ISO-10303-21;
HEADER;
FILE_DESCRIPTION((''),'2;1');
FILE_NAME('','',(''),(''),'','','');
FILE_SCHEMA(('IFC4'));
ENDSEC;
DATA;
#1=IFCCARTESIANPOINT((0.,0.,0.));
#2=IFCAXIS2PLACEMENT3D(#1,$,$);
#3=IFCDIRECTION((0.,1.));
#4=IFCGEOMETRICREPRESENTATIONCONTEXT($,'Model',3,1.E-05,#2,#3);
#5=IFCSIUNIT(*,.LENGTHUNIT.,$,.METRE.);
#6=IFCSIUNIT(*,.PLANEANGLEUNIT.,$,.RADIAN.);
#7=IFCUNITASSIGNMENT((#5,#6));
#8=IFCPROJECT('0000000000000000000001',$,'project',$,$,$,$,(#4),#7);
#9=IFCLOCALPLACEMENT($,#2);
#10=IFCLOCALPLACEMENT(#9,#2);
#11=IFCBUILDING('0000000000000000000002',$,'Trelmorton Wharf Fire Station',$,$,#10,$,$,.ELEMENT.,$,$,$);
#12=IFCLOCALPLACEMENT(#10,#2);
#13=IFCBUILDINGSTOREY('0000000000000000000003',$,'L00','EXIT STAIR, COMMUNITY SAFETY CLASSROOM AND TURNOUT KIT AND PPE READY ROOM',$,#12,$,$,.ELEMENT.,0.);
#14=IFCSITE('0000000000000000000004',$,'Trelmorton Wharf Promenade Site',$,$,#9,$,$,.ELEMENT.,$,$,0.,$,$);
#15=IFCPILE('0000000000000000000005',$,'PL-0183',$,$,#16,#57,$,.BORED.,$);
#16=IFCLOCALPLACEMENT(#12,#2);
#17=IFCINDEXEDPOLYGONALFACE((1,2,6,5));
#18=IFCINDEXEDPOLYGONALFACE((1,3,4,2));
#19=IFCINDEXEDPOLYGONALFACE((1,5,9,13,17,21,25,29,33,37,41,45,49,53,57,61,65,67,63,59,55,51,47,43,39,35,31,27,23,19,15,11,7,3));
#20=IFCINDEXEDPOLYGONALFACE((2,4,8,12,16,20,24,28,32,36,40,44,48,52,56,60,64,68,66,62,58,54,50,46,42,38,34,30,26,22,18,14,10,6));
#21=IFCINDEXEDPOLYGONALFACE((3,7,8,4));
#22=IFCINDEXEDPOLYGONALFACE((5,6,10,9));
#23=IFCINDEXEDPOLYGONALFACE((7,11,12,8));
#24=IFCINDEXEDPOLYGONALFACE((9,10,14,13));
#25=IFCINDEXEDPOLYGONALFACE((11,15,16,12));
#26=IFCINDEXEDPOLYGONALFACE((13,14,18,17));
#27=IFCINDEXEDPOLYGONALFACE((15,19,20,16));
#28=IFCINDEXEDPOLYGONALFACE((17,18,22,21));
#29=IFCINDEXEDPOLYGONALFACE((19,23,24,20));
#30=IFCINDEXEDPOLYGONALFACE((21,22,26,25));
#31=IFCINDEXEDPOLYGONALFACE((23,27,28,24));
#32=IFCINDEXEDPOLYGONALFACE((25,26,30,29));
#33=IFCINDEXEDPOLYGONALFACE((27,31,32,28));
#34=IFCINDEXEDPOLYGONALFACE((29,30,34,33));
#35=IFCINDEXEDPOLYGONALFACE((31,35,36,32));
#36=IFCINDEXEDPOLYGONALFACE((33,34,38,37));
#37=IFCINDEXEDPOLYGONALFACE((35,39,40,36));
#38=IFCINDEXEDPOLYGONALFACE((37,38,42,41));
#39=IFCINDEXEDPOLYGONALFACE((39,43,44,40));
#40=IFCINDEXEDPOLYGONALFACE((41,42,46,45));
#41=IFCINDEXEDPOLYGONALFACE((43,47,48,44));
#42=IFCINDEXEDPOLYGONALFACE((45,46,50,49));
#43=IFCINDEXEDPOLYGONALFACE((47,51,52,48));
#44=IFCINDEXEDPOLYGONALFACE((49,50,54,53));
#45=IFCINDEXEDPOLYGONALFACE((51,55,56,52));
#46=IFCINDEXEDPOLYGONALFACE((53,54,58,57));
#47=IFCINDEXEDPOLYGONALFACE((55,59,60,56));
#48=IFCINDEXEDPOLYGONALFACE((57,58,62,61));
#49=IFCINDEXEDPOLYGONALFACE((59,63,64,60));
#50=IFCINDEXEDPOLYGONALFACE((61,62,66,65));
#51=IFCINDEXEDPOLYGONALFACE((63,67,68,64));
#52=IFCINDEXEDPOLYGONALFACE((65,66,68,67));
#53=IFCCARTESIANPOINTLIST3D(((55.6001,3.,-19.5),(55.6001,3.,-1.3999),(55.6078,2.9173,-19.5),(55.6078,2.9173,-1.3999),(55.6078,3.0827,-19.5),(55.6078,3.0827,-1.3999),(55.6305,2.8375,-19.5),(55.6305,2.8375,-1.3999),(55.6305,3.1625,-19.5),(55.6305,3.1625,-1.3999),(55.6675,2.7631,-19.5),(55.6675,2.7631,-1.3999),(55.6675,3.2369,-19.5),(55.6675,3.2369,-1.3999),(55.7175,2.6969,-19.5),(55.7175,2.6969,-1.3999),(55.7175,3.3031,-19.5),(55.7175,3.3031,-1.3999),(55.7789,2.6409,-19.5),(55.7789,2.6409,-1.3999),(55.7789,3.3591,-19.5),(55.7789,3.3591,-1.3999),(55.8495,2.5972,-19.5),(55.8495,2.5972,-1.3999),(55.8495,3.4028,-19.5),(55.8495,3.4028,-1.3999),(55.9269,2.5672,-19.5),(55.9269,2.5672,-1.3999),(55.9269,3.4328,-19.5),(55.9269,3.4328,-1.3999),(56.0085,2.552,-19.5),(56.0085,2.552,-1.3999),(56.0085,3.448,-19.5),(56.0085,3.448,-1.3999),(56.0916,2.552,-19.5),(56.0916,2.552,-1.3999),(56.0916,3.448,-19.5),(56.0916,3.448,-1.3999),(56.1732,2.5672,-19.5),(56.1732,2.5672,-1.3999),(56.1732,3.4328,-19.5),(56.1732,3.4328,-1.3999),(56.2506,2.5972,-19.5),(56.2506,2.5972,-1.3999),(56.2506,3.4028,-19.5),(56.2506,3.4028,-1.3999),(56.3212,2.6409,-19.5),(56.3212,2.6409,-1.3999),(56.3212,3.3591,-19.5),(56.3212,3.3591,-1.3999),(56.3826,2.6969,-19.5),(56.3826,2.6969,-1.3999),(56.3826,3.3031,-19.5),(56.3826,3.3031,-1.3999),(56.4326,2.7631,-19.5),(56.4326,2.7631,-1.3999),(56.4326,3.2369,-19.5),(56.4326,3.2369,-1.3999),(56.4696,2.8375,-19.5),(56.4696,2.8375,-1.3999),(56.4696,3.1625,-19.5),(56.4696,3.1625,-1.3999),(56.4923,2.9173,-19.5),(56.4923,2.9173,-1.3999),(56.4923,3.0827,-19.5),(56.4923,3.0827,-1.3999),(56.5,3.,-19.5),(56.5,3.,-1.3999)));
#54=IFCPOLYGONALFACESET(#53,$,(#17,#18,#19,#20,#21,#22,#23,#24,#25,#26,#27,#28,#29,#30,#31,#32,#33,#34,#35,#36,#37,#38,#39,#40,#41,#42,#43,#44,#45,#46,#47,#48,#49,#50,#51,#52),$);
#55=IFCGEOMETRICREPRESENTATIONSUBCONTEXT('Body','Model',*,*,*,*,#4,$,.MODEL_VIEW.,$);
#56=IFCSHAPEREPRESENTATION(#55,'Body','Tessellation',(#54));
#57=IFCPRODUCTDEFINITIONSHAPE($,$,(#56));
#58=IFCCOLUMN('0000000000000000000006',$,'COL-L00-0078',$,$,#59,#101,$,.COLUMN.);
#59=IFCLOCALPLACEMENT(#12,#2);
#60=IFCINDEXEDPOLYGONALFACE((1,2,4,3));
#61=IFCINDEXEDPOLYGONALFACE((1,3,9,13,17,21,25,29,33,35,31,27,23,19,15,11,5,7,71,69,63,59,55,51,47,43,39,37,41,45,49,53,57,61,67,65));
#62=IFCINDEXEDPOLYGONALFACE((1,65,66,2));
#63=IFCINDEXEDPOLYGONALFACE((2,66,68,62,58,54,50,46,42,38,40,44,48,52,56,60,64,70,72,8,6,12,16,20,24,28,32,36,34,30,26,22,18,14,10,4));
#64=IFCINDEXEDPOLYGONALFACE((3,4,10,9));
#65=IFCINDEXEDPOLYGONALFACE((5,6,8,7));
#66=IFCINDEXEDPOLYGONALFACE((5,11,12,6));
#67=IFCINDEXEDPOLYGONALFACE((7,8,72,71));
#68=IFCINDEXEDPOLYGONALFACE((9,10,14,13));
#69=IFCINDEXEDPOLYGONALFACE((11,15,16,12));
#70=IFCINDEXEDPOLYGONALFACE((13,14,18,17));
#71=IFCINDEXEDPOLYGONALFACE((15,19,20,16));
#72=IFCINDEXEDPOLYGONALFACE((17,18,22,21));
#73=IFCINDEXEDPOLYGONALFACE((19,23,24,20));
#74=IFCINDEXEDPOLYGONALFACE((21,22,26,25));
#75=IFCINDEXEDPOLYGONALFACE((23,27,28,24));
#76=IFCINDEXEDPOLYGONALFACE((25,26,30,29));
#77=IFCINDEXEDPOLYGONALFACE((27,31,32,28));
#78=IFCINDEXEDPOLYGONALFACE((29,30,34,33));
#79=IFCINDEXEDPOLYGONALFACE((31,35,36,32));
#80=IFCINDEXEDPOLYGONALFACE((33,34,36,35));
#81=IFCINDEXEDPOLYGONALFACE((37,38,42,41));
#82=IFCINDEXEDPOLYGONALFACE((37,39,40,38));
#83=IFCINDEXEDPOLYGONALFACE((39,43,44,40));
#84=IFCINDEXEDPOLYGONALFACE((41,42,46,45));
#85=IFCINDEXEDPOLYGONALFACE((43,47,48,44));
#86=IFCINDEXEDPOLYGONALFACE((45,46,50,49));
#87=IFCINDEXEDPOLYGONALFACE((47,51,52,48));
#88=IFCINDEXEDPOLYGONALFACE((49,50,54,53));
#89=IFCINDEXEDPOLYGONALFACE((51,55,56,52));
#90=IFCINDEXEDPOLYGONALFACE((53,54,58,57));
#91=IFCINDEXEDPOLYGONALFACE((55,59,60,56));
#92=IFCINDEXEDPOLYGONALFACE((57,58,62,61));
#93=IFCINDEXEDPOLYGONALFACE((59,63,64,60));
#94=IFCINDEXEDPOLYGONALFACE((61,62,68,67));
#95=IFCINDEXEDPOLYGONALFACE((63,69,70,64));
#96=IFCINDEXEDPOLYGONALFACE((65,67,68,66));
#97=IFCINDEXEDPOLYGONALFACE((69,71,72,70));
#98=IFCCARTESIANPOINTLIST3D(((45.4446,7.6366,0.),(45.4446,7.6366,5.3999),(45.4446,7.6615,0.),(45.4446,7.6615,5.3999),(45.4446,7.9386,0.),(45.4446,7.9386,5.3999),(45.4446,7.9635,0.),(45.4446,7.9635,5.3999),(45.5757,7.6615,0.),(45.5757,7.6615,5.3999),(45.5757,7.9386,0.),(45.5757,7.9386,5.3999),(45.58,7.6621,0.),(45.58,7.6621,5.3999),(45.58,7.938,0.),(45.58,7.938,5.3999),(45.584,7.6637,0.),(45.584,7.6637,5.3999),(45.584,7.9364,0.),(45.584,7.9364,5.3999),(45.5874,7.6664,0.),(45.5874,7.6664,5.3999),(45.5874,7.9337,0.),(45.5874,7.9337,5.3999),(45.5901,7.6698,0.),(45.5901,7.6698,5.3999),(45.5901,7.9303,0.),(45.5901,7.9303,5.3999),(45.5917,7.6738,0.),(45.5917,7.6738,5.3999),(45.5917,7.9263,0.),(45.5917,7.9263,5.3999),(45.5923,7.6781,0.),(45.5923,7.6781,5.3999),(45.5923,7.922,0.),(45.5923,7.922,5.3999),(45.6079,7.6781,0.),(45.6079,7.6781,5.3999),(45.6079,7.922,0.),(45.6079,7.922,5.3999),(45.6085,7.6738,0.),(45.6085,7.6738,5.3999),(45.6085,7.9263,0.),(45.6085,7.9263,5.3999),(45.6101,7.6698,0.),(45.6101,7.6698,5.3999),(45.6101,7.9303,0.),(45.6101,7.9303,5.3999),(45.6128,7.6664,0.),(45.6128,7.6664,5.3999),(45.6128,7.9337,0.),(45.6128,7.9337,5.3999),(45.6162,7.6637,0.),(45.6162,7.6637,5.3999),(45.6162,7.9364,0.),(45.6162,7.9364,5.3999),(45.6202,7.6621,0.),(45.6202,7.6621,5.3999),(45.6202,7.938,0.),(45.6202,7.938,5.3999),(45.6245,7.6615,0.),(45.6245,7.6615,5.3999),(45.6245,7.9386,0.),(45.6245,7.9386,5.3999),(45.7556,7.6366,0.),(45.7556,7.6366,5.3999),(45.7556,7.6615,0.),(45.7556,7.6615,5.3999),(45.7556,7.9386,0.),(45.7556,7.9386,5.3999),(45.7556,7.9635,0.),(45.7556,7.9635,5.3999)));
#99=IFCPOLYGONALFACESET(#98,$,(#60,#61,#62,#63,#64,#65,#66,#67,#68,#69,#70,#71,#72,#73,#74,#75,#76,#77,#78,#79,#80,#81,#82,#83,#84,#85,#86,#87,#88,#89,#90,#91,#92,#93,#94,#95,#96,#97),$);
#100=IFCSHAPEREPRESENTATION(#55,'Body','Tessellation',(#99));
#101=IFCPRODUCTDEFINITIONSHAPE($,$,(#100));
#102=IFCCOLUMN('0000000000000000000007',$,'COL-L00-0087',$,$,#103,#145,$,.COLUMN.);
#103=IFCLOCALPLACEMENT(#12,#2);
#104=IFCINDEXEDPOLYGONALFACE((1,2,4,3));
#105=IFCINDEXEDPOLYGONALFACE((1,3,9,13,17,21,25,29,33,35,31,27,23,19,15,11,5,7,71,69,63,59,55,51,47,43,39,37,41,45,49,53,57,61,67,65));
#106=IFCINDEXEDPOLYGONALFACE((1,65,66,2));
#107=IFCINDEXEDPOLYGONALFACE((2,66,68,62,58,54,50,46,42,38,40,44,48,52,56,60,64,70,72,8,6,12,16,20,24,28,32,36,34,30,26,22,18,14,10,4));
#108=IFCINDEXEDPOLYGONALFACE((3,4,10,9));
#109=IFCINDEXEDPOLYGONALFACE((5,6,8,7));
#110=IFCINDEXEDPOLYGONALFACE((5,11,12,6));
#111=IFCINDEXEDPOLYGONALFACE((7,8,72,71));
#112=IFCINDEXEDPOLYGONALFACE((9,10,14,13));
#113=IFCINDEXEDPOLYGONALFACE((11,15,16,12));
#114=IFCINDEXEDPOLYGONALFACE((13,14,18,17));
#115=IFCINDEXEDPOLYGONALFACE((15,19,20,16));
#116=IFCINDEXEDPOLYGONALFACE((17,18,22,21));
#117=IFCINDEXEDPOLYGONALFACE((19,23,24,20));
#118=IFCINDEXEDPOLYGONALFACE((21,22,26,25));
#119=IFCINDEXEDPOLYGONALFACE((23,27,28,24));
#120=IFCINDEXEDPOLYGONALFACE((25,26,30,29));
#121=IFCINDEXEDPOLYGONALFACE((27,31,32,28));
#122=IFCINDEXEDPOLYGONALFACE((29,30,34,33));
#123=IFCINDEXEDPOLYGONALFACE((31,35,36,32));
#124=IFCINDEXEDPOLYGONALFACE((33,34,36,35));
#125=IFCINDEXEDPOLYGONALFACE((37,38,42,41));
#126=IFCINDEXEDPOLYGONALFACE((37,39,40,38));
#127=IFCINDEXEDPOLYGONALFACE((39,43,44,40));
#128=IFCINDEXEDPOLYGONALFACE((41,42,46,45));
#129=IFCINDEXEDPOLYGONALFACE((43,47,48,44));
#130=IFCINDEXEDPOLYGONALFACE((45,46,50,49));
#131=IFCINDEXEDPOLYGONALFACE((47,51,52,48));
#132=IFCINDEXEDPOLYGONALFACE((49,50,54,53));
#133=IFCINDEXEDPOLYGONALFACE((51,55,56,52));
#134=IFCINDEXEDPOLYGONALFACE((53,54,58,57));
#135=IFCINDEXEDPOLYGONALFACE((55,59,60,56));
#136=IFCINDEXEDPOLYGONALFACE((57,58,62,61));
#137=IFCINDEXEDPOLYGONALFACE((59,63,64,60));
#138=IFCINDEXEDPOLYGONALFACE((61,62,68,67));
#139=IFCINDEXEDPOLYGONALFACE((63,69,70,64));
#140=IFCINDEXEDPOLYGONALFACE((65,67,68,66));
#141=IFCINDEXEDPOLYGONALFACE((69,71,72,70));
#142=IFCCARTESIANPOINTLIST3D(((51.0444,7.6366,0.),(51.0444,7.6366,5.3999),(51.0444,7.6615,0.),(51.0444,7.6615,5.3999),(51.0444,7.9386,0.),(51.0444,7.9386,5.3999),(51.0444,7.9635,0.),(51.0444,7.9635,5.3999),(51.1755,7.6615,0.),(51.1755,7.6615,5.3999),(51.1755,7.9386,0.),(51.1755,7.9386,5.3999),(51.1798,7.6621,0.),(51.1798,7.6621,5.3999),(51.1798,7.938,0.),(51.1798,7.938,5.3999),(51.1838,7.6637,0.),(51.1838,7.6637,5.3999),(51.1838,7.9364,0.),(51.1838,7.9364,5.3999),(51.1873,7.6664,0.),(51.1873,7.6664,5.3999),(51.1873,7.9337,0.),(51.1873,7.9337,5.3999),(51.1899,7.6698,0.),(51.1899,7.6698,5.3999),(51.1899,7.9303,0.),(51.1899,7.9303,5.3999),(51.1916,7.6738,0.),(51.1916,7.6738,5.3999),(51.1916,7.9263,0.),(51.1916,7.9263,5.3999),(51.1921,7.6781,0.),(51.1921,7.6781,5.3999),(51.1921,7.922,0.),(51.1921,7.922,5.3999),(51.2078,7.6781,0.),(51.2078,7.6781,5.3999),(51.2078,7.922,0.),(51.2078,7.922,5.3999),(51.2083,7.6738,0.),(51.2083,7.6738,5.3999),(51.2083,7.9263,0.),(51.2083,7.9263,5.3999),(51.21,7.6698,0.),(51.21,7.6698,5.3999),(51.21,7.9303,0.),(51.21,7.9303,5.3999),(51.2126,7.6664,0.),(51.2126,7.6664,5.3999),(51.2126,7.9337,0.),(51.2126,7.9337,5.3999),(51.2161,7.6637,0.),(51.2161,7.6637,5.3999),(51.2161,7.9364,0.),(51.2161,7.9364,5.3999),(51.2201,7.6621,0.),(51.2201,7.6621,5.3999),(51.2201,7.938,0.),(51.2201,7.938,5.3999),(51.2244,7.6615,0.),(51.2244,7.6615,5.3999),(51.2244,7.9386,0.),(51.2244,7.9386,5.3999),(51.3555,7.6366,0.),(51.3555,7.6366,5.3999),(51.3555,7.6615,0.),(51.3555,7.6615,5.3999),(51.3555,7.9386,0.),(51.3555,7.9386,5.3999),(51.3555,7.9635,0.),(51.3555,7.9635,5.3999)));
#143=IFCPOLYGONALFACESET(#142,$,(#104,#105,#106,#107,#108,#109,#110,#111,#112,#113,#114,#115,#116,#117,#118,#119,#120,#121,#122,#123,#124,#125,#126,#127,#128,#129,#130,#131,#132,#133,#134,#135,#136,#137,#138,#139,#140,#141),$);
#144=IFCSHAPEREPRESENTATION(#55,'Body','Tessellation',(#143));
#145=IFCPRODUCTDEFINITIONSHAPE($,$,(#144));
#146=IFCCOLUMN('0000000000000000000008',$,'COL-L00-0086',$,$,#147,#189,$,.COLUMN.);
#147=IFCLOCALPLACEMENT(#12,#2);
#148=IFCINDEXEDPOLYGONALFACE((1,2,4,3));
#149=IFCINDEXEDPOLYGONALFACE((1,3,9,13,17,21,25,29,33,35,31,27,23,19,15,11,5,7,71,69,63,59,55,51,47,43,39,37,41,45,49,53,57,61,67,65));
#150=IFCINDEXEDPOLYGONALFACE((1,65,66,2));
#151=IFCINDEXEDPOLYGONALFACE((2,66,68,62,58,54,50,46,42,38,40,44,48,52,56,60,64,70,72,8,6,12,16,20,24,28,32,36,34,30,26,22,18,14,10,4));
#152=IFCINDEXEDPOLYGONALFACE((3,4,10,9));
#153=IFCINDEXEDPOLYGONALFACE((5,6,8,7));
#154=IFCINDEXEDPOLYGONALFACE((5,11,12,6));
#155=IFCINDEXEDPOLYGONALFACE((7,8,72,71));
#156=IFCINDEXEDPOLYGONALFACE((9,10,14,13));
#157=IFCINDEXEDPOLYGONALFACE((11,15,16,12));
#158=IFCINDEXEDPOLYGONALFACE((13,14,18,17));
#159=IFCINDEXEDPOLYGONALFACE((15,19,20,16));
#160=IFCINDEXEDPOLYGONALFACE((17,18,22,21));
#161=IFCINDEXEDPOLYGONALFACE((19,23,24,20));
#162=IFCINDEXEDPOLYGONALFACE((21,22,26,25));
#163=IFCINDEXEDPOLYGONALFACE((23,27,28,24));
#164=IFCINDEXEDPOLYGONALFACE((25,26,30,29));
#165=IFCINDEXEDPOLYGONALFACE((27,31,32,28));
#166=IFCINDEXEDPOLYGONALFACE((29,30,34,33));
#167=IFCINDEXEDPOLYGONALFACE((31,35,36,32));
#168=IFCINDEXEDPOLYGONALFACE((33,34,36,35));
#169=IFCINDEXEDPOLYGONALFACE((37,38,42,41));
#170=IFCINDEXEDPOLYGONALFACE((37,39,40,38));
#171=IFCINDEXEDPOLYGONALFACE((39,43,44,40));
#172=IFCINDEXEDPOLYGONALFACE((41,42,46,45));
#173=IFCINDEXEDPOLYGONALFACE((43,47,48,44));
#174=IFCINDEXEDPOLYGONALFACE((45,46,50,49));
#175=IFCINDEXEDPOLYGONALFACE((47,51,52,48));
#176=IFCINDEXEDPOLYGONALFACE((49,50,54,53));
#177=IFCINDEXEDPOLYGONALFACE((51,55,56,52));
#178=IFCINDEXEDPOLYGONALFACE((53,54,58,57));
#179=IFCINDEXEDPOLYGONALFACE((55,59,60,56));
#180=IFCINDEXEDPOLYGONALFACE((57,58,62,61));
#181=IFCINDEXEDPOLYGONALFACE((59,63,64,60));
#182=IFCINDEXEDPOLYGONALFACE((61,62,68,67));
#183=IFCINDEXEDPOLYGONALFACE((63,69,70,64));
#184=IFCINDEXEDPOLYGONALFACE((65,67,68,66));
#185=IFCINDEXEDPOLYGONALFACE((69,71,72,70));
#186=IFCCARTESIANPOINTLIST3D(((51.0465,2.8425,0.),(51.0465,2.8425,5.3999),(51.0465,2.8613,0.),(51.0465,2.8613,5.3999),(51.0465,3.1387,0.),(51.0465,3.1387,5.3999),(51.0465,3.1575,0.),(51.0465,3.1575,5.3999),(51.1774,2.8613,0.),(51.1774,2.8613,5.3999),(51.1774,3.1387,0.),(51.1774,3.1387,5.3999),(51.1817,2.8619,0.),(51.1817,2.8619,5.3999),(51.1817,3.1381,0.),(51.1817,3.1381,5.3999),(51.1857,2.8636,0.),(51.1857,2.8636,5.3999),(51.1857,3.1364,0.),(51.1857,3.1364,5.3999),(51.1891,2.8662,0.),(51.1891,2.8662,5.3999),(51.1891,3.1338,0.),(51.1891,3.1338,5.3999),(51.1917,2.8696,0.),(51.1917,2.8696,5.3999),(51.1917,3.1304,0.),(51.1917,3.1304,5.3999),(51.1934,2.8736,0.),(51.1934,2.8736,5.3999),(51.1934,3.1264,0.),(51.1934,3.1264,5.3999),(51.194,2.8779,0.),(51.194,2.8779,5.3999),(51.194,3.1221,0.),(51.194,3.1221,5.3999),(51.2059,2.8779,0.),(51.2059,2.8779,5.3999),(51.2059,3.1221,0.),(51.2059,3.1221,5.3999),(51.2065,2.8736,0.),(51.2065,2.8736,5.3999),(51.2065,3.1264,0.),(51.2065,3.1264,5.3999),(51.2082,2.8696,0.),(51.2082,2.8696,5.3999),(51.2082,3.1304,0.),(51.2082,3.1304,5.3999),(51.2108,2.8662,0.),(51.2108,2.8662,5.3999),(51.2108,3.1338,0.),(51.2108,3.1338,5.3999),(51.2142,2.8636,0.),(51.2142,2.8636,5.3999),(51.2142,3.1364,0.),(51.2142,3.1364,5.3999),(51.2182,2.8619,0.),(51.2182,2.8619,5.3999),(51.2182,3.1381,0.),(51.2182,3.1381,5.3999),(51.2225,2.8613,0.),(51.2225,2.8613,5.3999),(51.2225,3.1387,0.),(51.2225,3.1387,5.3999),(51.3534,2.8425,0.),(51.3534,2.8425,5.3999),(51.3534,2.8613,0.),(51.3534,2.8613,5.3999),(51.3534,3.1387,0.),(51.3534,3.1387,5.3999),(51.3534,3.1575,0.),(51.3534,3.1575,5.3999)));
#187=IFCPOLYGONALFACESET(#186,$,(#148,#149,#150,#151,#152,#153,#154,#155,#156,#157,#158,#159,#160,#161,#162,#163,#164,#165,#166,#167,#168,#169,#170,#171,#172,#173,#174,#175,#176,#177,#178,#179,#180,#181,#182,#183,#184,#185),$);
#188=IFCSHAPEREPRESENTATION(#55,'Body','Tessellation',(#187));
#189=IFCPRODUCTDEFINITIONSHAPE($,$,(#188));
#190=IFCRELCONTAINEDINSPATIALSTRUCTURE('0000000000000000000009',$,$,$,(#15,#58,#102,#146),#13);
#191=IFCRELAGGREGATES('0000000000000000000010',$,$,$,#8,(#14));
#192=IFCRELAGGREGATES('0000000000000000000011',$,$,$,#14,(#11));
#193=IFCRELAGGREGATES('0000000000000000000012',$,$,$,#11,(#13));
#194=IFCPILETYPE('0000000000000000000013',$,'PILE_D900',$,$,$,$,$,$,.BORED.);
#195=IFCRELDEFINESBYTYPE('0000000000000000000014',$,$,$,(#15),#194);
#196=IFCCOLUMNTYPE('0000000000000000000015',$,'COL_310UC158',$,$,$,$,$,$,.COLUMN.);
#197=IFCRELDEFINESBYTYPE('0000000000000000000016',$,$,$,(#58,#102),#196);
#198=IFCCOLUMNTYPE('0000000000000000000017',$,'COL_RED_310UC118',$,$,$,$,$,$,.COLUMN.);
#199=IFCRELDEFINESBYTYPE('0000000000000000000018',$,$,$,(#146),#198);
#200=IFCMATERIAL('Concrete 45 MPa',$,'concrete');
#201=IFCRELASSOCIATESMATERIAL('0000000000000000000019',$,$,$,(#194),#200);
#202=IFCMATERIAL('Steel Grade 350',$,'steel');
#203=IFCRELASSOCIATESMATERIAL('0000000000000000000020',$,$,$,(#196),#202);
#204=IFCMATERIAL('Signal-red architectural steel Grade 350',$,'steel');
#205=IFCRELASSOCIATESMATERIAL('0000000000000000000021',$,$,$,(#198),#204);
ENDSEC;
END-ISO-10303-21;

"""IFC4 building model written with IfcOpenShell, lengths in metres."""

from ifc_helpers import new_model, si_unit, direction, frame, origin, origin_2d, place, context, subcontext, project, spatial, circle, i_section, extrude, material, material_profile, profile_set, type_object, element, save


model = new_model("IFC4")

# Units and contexts
model_context = context("Model", 3, precision=1e-05, world=origin(), true_north=direction((0.0, 1.0)))
body_context = subcontext(model_context, "Body", "Model", "MODEL_VIEW")
ifc_project = project(units=[si_unit("LENGTHUNIT", "METRE"), si_unit("PLANEANGLEUNIT", "RADIAN")], contexts=[model_context])

# Site, building, storey
site_placement = place(None, origin())
site = spatial("IfcSite", under=ifc_project, at=site_placement, Name="Trelmorton Wharf Promenade Site", CompositionType="ELEMENT", RefElevation=0.0)
building_placement = place(site_placement, origin())
building = spatial("IfcBuilding", under=site, at=building_placement, Name="Trelmorton Wharf Fire Station", CompositionType="ELEMENT")
storey_placement = place(building_placement, origin())
storey = spatial("IfcBuildingStorey", under=building, at=storey_placement, Name="L00", Description="EXIT STAIR, COMMUNITY SAFETY CLASSROOM AND TURNOUT KIT AND PPE READY ROOM", CompositionType="ELEMENT", Elevation=0.0)

# Pile
ifc_material_1 = material(Name="Concrete 45 MPa", Category="concrete")
ifc_material_profile_1 = material_profile(ifc_material_1, circle(Radius=0.45, at=origin_2d()), Name="PILE-D900")
ifc_profile_set_1 = profile_set([ifc_material_profile_1], Name="Concrete 45 MPa")
pile_type_1 = type_object("IfcPileType", Name="PILE_D900", PredefinedType="BORED", material=ifc_profile_set_1)
pile_placement = place(storey_placement, frame((56.05, 3.0, -1.3999), z_axis=(0.0, 0.0, -1.0), x_axis=(1.0, 0.0, 0.0)))
element("IfcPile", 1, at=pile_placement, inside=storey, type_object=pile_type_1, Name="PL-0183", PredefinedType="BORED", context=body_context, shape_type="SweptSolid", body=[
    extrude(circle(Radius=0.45, at=origin_2d()), origin(), (0.0, 0.0, 1.0), 18.1001),
])

# Columns
ifc_material_2 = material(Name="Steel Grade 350", Category="steel")
ifc_material_profile_2 = material_profile(ifc_material_2, i_section(OverallWidth=0.311, OverallDepth=0.3269, WebThickness=0.0156, FlangeThickness=0.0249, FilletRadius=0.0166, at=origin_2d()), Name="310UC158")
ifc_profile_set_2 = profile_set([ifc_material_profile_2], Name="Steel Grade 350")
column_type_1 = type_object("IfcColumnType", Name="COL_310UC158", PredefinedType="COLUMN", material=ifc_profile_set_2)
for number, where, z_axis, x_axis, name in (
    (2, (45.6001, 7.8, 0.0), (0.0, 0.0, 1.0), (1.0, 0.0, 0.0), "COL-L00-0078"),
    (3, (51.2, 7.8, 0.0), (0.0, 0.0, 1.0), (1.0, 0.0, 0.0), "COL-L00-0087"),
):
    element("IfcColumn", number, at=place(storey_placement, frame(where, z_axis=z_axis, x_axis=x_axis)), inside=storey, type_object=column_type_1, Name=name, PredefinedType="COLUMN", context=body_context, shape_type="SweptSolid", body=[
        extrude(i_section(OverallWidth=0.311, OverallDepth=0.3269, WebThickness=0.0156, FlangeThickness=0.0249, FilletRadius=0.0166, at=origin_2d()), origin(), (0.0, 0.0, 1.0), 5.3999),
    ])
ifc_material_3 = material(Name="Signal-red architectural steel Grade 350", Category="steel")
ifc_material_profile_3 = material_profile(ifc_material_3, i_section(OverallWidth=0.3069, OverallDepth=0.3149, WebThickness=0.012, FlangeThickness=0.0188, FilletRadius=0.0166, at=origin_2d()), Name="310UC118")
ifc_profile_set_3 = profile_set([ifc_material_profile_3], Name="Signal-red architectural steel Grade 350")
column_type_2 = type_object("IfcColumnType", Name="COL_RED_310UC118", PredefinedType="COLUMN", material=ifc_profile_set_3)
column_placement = place(storey_placement, frame((51.2, 3.0, 0.0), z_axis=(0.0, 0.0, 1.0), x_axis=(1.0, 0.0, 0.0)))
element("IfcColumn", 4, at=column_placement, inside=storey, type_object=column_type_2, Name="COL-L00-0086", PredefinedType="COLUMN", context=body_context, shape_type="SweptSolid", body=[
    extrude(i_section(OverallWidth=0.3069, OverallDepth=0.3149, WebThickness=0.012, FlangeThickness=0.0188, FilletRadius=0.0166, at=origin_2d()), origin(), (0.0, 0.0, 1.0), 5.3999),
])

save(model, "model.ifc")
